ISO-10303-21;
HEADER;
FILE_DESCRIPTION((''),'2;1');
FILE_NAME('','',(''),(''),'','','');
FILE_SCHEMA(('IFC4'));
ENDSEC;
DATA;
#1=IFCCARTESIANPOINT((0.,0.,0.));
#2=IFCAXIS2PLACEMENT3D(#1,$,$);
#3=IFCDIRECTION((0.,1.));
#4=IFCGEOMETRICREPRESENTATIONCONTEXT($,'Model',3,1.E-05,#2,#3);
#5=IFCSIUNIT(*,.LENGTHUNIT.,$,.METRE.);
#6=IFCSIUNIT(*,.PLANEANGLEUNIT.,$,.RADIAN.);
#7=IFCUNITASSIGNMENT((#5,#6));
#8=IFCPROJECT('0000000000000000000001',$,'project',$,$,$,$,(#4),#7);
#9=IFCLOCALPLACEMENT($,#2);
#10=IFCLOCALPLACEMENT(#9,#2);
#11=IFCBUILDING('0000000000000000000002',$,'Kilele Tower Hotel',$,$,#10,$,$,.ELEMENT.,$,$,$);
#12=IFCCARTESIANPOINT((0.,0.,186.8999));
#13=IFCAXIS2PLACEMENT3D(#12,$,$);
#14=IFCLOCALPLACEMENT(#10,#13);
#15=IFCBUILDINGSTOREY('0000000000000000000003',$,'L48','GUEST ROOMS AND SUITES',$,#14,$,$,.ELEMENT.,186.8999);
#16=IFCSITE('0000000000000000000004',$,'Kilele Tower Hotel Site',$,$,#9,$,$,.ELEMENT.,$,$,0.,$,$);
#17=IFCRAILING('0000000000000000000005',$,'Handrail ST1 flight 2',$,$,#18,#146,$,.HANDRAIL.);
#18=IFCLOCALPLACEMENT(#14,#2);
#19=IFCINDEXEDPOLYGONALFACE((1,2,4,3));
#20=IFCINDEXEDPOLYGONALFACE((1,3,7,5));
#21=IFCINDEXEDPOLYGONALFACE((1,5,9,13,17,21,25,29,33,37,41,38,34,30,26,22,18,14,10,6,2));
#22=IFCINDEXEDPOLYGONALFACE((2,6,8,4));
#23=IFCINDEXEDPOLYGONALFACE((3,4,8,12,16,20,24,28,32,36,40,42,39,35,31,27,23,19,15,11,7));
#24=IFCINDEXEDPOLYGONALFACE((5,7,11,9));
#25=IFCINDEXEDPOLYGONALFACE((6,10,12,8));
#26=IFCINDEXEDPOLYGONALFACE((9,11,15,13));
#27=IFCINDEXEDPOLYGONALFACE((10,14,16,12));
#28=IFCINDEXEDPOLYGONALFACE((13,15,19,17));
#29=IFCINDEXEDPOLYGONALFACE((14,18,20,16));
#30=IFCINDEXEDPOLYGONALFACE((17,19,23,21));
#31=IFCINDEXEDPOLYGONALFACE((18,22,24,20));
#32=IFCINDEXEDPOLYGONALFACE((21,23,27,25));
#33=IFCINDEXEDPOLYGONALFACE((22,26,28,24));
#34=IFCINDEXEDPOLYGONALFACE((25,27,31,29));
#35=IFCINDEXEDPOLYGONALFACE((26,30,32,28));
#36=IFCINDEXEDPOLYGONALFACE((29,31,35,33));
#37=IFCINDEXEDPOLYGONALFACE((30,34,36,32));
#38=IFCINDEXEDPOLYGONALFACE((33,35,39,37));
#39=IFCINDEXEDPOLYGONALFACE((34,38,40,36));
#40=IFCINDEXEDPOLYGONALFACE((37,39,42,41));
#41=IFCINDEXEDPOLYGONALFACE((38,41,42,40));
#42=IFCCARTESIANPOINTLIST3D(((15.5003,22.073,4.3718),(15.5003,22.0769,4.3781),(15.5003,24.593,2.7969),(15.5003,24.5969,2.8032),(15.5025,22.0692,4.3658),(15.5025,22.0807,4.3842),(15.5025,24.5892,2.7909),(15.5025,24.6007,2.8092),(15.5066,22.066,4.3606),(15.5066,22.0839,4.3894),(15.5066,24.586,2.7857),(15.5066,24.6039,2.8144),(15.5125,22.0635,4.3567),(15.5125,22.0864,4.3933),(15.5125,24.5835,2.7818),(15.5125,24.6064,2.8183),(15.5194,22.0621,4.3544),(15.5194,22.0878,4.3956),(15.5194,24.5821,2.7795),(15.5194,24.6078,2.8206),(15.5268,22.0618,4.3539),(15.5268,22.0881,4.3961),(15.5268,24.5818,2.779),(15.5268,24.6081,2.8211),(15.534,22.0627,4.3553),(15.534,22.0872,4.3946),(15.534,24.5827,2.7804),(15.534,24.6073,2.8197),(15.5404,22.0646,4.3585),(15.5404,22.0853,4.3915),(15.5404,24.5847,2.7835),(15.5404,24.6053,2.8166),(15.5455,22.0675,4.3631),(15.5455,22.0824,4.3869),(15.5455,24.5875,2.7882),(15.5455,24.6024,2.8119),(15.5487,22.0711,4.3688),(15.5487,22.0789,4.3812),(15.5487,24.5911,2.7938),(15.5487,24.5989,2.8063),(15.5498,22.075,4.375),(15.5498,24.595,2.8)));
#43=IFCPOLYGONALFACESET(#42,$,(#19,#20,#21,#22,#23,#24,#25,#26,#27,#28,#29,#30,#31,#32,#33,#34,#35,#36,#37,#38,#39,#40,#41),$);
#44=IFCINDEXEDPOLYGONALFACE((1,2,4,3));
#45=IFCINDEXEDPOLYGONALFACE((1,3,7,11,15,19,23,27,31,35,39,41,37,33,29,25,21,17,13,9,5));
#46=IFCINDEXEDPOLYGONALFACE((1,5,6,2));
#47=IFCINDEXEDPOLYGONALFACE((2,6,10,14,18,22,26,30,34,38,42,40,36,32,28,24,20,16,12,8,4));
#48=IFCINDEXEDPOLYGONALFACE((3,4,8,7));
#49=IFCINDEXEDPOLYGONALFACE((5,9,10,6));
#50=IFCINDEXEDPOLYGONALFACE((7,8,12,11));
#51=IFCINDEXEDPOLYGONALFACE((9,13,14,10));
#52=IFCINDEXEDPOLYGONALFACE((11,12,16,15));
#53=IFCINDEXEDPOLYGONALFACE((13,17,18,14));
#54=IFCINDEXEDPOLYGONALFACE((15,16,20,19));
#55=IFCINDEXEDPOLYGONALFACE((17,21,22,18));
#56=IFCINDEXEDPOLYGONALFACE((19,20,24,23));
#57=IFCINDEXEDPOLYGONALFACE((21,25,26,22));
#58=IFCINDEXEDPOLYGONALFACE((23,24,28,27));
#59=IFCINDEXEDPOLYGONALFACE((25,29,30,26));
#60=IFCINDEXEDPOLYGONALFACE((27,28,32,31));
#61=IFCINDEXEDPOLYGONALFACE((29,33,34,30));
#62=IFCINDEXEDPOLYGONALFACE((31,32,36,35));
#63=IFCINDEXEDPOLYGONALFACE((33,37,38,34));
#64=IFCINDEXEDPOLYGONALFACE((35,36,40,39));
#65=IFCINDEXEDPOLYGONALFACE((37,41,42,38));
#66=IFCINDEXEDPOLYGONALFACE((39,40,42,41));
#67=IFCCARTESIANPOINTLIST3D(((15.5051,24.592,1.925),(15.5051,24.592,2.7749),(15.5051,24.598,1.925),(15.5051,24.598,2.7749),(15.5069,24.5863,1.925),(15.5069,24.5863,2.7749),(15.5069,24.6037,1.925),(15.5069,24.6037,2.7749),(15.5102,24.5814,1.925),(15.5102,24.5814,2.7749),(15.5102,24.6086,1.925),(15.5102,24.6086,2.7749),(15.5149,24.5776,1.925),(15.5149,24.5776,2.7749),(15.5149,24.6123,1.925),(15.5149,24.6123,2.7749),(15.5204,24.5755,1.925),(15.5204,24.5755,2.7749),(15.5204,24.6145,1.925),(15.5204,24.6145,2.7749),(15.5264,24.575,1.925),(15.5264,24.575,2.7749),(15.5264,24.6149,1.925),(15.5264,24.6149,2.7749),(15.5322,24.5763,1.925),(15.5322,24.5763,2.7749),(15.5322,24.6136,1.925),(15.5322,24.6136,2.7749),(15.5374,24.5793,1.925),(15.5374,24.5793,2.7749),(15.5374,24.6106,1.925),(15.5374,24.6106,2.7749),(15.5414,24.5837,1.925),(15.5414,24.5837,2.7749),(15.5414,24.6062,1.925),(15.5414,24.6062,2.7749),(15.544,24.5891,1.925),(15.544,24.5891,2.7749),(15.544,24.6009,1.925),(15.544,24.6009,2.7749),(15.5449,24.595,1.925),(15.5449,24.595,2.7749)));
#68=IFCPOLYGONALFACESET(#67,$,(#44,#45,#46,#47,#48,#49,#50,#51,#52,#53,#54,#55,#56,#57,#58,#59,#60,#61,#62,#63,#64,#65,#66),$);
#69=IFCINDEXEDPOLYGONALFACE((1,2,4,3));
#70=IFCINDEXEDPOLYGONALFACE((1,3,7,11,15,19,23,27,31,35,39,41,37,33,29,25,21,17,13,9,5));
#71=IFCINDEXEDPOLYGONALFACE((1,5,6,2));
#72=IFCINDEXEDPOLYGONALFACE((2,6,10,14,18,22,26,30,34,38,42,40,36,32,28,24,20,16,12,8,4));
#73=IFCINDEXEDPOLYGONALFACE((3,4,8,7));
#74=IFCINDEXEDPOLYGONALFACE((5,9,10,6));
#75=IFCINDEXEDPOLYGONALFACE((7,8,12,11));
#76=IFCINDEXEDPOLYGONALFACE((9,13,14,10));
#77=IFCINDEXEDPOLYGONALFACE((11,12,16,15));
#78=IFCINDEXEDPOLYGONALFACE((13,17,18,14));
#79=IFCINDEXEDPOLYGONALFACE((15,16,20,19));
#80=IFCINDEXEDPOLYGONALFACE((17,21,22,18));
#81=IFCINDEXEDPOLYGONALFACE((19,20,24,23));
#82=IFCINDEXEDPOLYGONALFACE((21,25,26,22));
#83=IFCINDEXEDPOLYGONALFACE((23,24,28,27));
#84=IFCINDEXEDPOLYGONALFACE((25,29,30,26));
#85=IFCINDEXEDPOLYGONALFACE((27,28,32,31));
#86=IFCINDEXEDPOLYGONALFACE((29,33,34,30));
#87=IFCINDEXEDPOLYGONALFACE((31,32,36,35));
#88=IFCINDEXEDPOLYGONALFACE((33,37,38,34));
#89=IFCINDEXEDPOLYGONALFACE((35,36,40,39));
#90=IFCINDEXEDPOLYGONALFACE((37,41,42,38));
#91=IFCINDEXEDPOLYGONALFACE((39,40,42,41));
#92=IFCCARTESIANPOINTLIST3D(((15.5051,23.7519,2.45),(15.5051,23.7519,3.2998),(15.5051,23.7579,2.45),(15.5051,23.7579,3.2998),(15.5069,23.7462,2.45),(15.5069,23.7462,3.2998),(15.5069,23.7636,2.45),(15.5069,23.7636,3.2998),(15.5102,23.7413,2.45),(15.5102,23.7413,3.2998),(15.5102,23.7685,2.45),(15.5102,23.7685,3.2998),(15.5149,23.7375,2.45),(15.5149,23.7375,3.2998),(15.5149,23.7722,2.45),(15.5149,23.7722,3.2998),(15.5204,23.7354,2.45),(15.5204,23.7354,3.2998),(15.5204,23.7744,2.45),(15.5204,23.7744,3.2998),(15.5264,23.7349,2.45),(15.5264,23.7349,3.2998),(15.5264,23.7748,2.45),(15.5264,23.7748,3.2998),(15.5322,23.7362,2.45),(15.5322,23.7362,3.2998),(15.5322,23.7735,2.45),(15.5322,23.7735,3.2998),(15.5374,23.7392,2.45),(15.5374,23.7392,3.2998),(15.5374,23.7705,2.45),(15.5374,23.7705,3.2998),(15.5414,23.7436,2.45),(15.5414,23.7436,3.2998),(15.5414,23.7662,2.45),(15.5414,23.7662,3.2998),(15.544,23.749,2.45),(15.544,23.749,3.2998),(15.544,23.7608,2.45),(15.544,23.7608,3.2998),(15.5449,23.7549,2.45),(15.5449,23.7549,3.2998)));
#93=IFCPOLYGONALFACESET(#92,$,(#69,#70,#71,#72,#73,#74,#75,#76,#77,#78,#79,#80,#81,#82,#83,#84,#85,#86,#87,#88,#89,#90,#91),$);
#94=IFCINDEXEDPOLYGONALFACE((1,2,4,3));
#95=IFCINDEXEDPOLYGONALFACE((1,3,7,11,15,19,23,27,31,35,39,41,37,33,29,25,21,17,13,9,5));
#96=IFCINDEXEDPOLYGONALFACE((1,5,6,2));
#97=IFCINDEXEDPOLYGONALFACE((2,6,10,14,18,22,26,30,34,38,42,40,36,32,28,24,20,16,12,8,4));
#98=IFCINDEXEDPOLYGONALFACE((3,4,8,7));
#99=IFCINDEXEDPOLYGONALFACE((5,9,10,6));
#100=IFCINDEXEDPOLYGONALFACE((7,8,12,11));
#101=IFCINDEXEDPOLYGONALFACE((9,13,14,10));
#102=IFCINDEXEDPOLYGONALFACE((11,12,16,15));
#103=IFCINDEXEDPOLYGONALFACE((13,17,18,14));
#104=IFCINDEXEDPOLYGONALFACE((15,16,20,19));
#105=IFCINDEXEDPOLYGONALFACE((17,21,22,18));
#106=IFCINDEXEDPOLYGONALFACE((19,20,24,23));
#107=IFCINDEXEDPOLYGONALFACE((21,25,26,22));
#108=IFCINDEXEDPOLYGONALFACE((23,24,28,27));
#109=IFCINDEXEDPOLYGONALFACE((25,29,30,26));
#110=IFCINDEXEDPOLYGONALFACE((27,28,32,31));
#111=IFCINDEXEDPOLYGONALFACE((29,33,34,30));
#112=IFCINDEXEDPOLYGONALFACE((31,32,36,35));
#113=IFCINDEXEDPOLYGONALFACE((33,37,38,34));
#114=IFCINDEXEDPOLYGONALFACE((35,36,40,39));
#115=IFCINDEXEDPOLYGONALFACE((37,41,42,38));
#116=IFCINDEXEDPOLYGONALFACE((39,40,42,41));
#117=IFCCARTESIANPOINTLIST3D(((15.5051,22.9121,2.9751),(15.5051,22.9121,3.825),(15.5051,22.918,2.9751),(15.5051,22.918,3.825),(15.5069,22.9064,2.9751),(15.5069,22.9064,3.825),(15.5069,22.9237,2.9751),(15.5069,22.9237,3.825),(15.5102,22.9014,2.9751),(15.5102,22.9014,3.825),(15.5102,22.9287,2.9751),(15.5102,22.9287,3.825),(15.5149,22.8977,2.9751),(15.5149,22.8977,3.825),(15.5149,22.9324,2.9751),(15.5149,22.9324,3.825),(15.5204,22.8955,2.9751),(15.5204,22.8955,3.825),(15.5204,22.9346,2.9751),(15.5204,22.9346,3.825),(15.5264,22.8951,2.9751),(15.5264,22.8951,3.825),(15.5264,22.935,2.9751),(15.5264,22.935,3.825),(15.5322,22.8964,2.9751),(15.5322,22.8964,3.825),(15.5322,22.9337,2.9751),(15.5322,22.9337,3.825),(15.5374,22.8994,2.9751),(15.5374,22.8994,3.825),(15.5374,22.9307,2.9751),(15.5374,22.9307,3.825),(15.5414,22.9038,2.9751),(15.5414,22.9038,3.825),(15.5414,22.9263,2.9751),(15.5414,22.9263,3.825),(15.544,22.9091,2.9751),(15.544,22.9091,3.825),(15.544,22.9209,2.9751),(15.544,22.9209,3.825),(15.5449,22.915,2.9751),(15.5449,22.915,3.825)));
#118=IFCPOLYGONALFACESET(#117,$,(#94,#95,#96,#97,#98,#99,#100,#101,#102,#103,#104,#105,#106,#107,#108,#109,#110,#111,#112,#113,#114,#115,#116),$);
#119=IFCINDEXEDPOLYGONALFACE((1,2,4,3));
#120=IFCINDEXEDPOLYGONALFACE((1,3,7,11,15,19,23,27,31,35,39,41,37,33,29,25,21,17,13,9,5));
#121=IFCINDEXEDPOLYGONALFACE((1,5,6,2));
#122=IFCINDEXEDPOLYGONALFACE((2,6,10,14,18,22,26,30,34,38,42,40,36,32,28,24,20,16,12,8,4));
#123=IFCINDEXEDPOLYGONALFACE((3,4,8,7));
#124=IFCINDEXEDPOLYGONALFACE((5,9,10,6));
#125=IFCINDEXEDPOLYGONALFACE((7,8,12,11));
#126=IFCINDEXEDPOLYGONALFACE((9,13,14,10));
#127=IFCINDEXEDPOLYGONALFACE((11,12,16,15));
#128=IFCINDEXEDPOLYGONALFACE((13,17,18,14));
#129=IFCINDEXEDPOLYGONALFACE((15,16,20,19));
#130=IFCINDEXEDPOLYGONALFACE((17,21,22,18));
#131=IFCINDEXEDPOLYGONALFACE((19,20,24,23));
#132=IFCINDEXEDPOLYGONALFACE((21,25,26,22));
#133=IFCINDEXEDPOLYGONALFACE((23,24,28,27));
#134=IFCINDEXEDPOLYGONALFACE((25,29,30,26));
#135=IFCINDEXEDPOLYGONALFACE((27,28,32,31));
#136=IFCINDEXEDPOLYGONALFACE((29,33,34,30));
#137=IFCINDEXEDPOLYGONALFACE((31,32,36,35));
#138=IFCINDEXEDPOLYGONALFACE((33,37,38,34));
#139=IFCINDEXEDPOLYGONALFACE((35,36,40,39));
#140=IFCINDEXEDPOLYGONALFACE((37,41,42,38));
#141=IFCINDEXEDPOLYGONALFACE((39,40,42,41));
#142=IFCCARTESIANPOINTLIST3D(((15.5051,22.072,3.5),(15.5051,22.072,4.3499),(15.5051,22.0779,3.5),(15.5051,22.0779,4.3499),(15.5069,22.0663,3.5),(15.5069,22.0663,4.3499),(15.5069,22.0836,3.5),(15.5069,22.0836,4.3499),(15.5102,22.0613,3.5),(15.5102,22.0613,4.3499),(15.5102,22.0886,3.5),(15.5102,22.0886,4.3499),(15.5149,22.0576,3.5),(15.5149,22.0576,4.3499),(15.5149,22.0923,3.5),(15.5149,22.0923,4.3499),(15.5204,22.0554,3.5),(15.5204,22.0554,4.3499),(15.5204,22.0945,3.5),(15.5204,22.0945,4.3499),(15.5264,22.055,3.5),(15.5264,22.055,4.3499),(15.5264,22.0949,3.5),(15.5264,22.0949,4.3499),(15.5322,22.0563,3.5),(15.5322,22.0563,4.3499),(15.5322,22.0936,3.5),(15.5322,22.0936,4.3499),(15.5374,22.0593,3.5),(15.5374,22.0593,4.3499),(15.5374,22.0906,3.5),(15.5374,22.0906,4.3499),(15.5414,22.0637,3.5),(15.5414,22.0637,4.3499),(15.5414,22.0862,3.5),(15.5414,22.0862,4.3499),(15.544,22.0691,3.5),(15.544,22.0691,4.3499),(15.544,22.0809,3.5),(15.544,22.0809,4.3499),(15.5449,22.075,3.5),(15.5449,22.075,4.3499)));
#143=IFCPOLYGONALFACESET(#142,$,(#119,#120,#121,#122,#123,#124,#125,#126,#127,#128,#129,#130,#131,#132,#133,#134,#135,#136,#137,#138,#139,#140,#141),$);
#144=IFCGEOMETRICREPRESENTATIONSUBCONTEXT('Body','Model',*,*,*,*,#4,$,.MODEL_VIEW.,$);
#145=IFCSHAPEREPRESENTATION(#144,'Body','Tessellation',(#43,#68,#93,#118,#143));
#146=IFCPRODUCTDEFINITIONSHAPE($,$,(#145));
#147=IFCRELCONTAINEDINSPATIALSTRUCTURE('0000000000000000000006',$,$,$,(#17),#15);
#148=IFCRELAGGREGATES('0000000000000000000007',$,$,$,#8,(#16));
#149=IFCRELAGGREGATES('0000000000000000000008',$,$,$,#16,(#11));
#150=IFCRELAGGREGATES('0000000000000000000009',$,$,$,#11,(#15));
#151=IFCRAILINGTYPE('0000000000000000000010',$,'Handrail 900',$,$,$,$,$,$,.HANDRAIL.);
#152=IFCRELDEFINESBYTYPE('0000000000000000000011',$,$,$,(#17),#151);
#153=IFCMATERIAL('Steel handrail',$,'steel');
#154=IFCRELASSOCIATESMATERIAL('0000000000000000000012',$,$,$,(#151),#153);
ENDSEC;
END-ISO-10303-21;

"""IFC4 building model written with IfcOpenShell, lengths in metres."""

from ifc_helpers import new_model, si_unit, direction, frame, origin, origin_2d, place, context, subcontext, project, spatial, circle, extrude, material, type_object, element, save


model = new_model("IFC4")

# Units and contexts
model_context = context("Model", 3, precision=1e-05, world=origin(), true_north=direction((0.0, 1.0)))
body_context = subcontext(model_context, "Body", "Model", "MODEL_VIEW")
ifc_project = project(units=[si_unit("LENGTHUNIT", "METRE"), si_unit("PLANEANGLEUNIT", "RADIAN")], contexts=[model_context])

# Site, building, storey
site_placement = place(None, origin())
site = spatial("IfcSite", under=ifc_project, at=site_placement, Name="Kilele Tower Hotel Site", CompositionType="ELEMENT", RefElevation=0.0)
building_placement = place(site_placement, origin())
building = spatial("IfcBuilding", under=site, at=building_placement, Name="Kilele Tower Hotel", CompositionType="ELEMENT")
storey_placement = place(building_placement, frame((0.0, 0.0, 186.8999)))
storey = spatial("IfcBuildingStorey", under=building, at=storey_placement, Name="L48", Description="GUEST ROOMS AND SUITES", CompositionType="ELEMENT", Elevation=186.8999)

# Railing
ifc_material_1 = material(Name="Steel handrail", Category="steel")
railing_type_1 = type_object("IfcRailingType", Name="Handrail 900", PredefinedType="HANDRAIL", material=ifc_material_1)
for number, where, name in (
    (1, (15.5249, 24.595, 1.925), "Handrail ST1 flight 2"),
):
    element("IfcRailing", number, at=place(storey_placement, frame(where)), inside=storey, type_object=railing_type_1, Name=name, PredefinedType="HANDRAIL", context=body_context, shape_type="SweptSolid", body=[
        extrude(circle(Radius=0.0249, at=origin_2d()), frame((0.0, 0.0, 0.875), z_axis=(0.0, -0.848008, 0.529984), x_axis=(1.0, 0.0, 0.0)), (0.0, 0.0, 1.0), 2.9717),
        extrude(circle(Radius=0.02, at=origin_2d()), origin(), (0.0, 0.0, 1.0), 0.8499),
        extrude(circle(Radius=0.02, at=origin_2d()), frame((0.0, -0.8401, 0.5249)), (0.0, 0.0, 1.0), 0.8499),
        extrude(circle(Radius=0.02, at=origin_2d()), frame((0.0, -1.6799, 1.05)), (0.0, 0.0, 1.0), 0.8499),
        extrude(circle(Radius=0.02, at=origin_2d()), frame((0.0, -2.52, 1.575)), (0.0, 0.0, 1.0), 0.8499),
    ])

save(model, "model.ifc")
